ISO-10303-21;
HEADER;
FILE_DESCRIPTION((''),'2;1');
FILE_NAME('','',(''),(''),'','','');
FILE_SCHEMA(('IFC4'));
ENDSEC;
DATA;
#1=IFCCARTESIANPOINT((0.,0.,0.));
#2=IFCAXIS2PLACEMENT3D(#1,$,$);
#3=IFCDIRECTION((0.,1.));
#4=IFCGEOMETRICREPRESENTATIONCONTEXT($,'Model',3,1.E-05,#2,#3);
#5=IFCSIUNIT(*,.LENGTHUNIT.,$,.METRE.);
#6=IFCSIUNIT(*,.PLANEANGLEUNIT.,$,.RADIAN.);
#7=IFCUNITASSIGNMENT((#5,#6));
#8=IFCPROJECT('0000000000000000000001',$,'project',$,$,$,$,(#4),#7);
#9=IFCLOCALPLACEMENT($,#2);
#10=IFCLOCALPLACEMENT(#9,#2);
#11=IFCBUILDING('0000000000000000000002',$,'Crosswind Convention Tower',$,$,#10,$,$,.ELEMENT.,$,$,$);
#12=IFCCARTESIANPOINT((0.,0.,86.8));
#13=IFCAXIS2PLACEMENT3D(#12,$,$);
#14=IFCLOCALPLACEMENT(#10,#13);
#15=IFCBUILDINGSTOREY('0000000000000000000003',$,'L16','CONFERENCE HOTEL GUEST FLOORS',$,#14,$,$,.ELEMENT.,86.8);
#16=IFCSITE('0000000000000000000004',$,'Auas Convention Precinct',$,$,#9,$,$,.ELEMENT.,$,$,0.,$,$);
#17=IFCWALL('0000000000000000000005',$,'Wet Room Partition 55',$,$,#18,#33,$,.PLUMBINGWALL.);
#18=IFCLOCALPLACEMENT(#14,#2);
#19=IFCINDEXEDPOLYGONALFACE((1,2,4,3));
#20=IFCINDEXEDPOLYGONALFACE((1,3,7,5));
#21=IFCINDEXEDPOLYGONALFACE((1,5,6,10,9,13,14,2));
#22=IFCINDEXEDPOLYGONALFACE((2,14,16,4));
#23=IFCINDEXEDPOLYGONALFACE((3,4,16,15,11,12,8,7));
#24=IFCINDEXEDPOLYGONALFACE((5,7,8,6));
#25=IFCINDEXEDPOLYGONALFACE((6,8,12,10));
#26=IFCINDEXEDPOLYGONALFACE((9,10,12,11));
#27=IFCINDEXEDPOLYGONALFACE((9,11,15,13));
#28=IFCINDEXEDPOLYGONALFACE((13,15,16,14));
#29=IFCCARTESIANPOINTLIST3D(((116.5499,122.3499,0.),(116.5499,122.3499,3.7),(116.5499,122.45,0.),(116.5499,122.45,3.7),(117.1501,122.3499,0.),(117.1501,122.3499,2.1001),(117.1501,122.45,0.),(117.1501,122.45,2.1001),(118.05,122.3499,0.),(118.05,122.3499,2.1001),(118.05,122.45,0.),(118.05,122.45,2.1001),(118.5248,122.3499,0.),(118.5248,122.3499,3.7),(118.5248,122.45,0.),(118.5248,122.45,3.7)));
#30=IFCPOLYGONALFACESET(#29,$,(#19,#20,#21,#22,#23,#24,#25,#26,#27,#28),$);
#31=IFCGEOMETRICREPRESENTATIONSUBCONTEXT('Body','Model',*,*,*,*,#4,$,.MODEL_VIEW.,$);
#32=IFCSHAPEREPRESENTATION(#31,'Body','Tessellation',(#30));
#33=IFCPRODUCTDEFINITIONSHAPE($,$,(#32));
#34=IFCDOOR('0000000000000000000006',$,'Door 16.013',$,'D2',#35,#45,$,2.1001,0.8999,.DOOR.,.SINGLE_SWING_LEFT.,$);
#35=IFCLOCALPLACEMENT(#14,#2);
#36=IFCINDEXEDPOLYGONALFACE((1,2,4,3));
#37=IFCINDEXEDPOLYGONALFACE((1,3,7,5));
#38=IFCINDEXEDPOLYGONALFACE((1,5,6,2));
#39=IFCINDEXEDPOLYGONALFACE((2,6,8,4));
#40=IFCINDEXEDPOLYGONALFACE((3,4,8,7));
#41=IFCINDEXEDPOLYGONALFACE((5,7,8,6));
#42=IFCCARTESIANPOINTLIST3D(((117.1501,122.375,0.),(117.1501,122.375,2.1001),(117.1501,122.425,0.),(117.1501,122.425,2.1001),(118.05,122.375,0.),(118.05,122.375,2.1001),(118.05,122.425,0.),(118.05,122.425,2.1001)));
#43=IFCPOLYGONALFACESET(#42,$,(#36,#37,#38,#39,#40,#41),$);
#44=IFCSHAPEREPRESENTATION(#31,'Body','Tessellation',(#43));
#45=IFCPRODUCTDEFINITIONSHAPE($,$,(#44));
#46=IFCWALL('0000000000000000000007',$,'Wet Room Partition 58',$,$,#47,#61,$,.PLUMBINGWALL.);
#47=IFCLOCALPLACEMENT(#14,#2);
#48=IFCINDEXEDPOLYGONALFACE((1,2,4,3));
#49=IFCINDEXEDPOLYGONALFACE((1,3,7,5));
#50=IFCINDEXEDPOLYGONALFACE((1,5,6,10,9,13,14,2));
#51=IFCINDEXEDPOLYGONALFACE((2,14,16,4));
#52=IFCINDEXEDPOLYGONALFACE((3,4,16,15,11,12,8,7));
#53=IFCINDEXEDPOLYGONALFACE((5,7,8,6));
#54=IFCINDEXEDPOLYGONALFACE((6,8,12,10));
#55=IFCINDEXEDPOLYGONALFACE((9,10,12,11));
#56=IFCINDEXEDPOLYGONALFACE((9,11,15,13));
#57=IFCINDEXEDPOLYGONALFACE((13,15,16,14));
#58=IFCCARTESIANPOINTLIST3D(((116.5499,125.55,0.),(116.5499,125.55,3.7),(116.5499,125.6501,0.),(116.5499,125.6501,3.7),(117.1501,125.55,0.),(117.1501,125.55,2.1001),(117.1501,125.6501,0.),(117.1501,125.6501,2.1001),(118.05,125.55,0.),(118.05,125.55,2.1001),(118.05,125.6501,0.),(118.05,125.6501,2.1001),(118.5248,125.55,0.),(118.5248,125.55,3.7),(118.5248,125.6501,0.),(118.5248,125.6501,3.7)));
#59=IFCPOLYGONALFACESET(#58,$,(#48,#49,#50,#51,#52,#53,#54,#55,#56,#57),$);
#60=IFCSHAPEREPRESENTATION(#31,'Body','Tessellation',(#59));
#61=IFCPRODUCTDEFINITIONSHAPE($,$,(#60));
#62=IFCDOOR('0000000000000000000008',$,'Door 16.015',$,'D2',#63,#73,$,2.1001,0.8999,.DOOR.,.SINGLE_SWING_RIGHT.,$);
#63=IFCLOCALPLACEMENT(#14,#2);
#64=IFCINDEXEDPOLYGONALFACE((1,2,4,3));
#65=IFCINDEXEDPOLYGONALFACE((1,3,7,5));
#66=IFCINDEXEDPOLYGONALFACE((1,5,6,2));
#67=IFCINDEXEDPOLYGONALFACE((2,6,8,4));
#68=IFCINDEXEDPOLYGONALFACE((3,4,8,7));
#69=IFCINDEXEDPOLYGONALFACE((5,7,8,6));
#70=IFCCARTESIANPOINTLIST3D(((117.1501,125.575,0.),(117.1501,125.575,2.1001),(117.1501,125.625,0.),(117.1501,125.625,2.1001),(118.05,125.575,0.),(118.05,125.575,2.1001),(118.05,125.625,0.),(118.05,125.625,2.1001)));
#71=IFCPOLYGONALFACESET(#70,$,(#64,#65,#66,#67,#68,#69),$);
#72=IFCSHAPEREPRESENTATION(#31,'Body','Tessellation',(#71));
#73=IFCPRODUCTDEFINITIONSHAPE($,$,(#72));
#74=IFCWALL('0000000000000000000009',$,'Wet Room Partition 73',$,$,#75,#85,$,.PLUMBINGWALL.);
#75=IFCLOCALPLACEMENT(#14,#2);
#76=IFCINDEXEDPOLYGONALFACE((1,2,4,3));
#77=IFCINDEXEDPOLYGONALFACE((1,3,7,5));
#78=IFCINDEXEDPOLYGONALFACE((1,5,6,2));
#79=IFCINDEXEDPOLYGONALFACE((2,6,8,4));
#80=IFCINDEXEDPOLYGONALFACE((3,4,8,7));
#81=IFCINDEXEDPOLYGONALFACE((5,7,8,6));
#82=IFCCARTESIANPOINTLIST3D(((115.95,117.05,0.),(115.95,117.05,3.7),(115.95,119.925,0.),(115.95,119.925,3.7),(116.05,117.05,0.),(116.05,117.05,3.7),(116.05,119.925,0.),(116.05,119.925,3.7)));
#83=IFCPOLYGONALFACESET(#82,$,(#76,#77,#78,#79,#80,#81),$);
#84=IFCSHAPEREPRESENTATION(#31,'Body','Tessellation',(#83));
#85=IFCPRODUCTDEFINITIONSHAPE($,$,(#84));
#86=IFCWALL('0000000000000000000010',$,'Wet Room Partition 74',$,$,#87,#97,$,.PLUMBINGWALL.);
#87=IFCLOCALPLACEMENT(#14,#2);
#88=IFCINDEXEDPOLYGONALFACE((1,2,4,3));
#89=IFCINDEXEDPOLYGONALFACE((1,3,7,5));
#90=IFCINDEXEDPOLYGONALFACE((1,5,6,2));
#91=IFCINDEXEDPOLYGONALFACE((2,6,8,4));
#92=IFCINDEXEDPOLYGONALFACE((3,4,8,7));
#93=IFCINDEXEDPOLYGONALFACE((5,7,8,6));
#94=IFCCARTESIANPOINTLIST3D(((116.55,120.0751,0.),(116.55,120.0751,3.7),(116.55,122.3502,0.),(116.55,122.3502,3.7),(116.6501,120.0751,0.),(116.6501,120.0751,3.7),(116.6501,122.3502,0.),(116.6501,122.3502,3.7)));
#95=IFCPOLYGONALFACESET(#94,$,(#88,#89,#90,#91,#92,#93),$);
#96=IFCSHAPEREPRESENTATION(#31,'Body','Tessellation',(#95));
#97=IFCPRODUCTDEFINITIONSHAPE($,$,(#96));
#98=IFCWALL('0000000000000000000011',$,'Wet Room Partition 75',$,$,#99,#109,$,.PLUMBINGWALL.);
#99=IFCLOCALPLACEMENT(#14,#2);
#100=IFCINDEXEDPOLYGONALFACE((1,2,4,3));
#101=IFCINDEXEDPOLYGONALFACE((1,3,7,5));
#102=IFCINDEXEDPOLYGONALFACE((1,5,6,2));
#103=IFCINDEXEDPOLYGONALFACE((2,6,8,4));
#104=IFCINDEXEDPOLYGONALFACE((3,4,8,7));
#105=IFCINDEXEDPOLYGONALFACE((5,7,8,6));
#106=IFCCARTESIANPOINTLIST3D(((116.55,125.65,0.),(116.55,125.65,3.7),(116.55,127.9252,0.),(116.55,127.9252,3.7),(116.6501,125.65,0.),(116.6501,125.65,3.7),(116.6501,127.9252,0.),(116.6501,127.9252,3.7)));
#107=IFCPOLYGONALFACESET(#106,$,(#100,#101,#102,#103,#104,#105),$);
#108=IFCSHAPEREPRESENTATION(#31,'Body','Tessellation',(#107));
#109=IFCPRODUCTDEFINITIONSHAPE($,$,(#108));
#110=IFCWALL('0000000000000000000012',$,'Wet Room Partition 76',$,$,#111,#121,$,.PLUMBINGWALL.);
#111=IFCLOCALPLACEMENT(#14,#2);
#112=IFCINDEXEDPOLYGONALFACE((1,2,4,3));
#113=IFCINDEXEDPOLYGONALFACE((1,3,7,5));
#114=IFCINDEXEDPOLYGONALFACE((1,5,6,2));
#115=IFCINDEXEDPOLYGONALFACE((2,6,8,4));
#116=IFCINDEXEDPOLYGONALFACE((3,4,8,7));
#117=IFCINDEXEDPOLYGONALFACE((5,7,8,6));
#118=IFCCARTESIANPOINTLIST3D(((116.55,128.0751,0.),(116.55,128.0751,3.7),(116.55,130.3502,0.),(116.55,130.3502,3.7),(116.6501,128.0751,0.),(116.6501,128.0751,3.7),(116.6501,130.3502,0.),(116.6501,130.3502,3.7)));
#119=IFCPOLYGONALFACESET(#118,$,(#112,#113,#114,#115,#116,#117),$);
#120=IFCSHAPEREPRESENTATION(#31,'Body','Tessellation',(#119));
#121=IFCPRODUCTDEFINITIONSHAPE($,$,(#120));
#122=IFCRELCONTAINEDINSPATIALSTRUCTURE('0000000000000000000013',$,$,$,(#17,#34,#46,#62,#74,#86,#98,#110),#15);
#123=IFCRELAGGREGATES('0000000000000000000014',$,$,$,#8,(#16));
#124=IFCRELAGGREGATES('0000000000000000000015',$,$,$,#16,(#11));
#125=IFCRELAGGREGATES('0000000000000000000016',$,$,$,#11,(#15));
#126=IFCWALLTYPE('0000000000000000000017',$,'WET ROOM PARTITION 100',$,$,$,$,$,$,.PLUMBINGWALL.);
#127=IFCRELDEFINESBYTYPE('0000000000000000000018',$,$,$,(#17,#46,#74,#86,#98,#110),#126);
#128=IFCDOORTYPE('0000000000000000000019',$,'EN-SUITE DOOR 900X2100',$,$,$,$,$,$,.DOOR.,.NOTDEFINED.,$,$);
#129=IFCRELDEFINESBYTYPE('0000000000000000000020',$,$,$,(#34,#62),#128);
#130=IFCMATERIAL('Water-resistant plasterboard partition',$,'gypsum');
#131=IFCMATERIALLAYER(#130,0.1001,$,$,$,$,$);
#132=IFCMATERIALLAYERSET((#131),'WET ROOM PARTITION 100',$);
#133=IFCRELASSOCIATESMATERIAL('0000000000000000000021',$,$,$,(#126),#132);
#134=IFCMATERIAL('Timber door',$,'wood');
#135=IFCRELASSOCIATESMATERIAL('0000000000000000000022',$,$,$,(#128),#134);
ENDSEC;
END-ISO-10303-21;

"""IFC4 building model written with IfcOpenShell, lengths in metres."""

from ifc_helpers import new_model, si_unit, direction, frame, frame_2d, origin, place, context, subcontext, project, spatial, rectangle, extrude, material, layer, layer_set, type_object, element, fill, save


model = new_model("IFC4")

# Units and contexts
model_context = context("Model", 3, precision=1e-05, world=origin(), true_north=direction((0.0, 1.0)))
body_context = subcontext(model_context, "Body", "Model", "MODEL_VIEW")
ifc_project = project(units=[si_unit("LENGTHUNIT", "METRE"), si_unit("PLANEANGLEUNIT", "RADIAN")], contexts=[model_context])

# Site, building, storey
site_placement = place(None, origin())
site = spatial("IfcSite", under=ifc_project, at=site_placement, Name="Auas Convention Precinct", CompositionType="ELEMENT", RefElevation=0.0)
building_placement = place(site_placement, origin())
building = spatial("IfcBuilding", under=site, at=building_placement, Name="Crosswind Convention Tower", CompositionType="ELEMENT")
storey_placement = place(building_placement, frame((0.0, 0.0, 86.8)))
storey = spatial("IfcBuildingStorey", under=building, at=storey_placement, Name="L16", Description="CONFERENCE HOTEL GUEST FLOORS", CompositionType="ELEMENT", Elevation=86.8)

# Walls, openings, doors
ifc_material_1 = material(Name="Water-resistant plasterboard partition", Category="gypsum")
ifc_layer_1 = layer(ifc_material_1, 0.1001)
ifc_layer_set_1 = layer_set([ifc_layer_1], Name="WET ROOM PARTITION 100")
wall_type_1 = type_object("IfcWallType", Name="WET ROOM PARTITION 100", PredefinedType="PLUMBINGWALL", material=ifc_layer_set_1)
ifc_material_2 = material(Name="Timber door", Category="wood")
door_type = type_object("IfcDoorType", Name="EN-SUITE DOOR 900X2100", OperationType="NOTDEFINED", PredefinedType="DOOR", material=ifc_material_2)
wall_1_placement = place(storey_placement, frame((116.55, 122.3999, 0.0), z_axis=(0.0, 0.0, 1.0), x_axis=(1.0, 0.0, 0.0)))
wall_1 = element("IfcWall", 1, at=wall_1_placement, inside=storey, type_object=wall_type_1, Name="Wet Room Partition 55", PredefinedType="PLUMBINGWALL", context=body_context, shape_type="SweptSolid", body=[
    extrude(rectangle(XDim=1.9749, YDim=0.1001, at=frame_2d((0.9873, 0.0))), origin(), (0.0, 0.0, 1.0), 3.7),
])
opening_1_placement = place(wall_1_placement, frame((0.6001, 0.0, 0.0)))
opening_1 = element("IfcOpeningElement", 2, at=opening_1_placement, cuts=wall_1, PredefinedType="OPENING", context=body_context, shape_type="SweptSolid", body=[
    extrude(rectangle(XDim=0.8999, YDim=2.1001, at=frame_2d((0.45, 1.05))), frame((0.0, 0.0601, 0.0), z_axis=(0.0, -1.0, 0.0), x_axis=(1.0, 0.0, 0.0)), (0.0, 0.0, 1.0), 0.1201),
])
door_1_placement = place(opening_1_placement, frame((0.8999, 0.0, 0.0), z_axis=(0.0, 0.0, 1.0), x_axis=(-1.0, 0.0, 0.0)))
door_1 = element("IfcDoor", 3, at=door_1_placement, inside=storey, type_object=door_type, Name="Door 16.013", ObjectType="D2", OperationType="SINGLE_SWING_LEFT", OverallHeight=2.1001, OverallWidth=0.8999, PredefinedType="DOOR", context=body_context, shape_type="SweptSolid", body=[
    extrude(rectangle(XDim=0.8999, YDim=2.1001, at=frame_2d((0.45, 1.05))), frame((0.0, 0.0249, 0.0), z_axis=(0.0, -1.0, 0.0), x_axis=(1.0, 0.0, 0.0)), (0.0, 0.0, 1.0), 0.05),
])
fill(opening_1, door_1)
wall_2_placement = place(storey_placement, frame((116.55, 125.6001, 0.0), z_axis=(0.0, 0.0, 1.0), x_axis=(1.0, 0.0, 0.0)))
wall_2 = element("IfcWall", 4, at=wall_2_placement, inside=storey, type_object=wall_type_1, Name="Wet Room Partition 58", PredefinedType="PLUMBINGWALL", context=body_context, shape_type="SweptSolid", body=[
    extrude(rectangle(XDim=1.9749, YDim=0.1001, at=frame_2d((0.9873, 0.0))), origin(), (0.0, 0.0, 1.0), 3.7),
])
opening_2_placement = place(wall_2_placement, frame((0.6001, 0.0, 0.0)))
opening_2 = element("IfcOpeningElement", 5, at=opening_2_placement, cuts=wall_2, PredefinedType="OPENING", context=body_context, shape_type="SweptSolid", body=[
    extrude(rectangle(XDim=0.8999, YDim=2.1001, at=frame_2d((0.45, 1.05))), frame((0.0, 0.0601, 0.0), z_axis=(0.0, -1.0, 0.0), x_axis=(1.0, 0.0, 0.0)), (0.0, 0.0, 1.0), 0.1201),
])
door_2_placement = place(opening_2_placement, origin())
door_2 = element("IfcDoor", 6, at=door_2_placement, inside=storey, type_object=door_type, Name="Door 16.015", ObjectType="D2", OperationType="SINGLE_SWING_RIGHT", OverallHeight=2.1001, OverallWidth=0.8999, PredefinedType="DOOR", context=body_context, shape_type="SweptSolid", body=[
    extrude(rectangle(XDim=0.8999, YDim=2.1001, at=frame_2d((0.45, 1.05))), frame((0.0, 0.0249, 0.0), z_axis=(0.0, -1.0, 0.0), x_axis=(1.0, 0.0, 0.0)), (0.0, 0.0, 1.0), 0.05),
])
fill(opening_2, door_2)

# Walls
wall_3_placement = place(storey_placement, frame((116.0, 117.05, 0.0), z_axis=(0.0, 0.0, 1.0), x_axis=(0.0, 1.0, 0.0)))
element("IfcWall", 7, at=wall_3_placement, inside=storey, type_object=wall_type_1, Name="Wet Room Partition 73", PredefinedType="PLUMBINGWALL", context=body_context, shape_type="SweptSolid", body=[
    extrude(rectangle(XDim=2.875, YDim=0.1001, at=frame_2d((1.4375, 0.0))), origin(), (0.0, 0.0, 1.0), 3.7),
])
for number, where, z_axis, x_axis, name in (
    (8, (116.6001, 120.075, 0.0), (0.0, 0.0, 1.0), (0.0, 1.0, 0.0), "Wet Room Partition 74"),
    (9, (116.6001, 125.6499, 0.0), (0.0, 0.0, 1.0), (0.0, 1.0, 0.0), "Wet Room Partition 75"),
    (10, (116.6001, 128.075, 0.0), (0.0, 0.0, 1.0), (0.0, 1.0, 0.0), "Wet Room Partition 76"),
):
    element("IfcWall", number, at=place(storey_placement, frame(where, z_axis=z_axis, x_axis=x_axis)), inside=storey, type_object=wall_type_1, Name=name, PredefinedType="PLUMBINGWALL", context=body_context, shape_type="SweptSolid", body=[
        extrude(rectangle(XDim=2.2751, YDim=0.1001, at=frame_2d((1.1377, 0.0))), origin(), (0.0, 0.0, 1.0), 3.7),
    ])

save(model, "model.ifc")
